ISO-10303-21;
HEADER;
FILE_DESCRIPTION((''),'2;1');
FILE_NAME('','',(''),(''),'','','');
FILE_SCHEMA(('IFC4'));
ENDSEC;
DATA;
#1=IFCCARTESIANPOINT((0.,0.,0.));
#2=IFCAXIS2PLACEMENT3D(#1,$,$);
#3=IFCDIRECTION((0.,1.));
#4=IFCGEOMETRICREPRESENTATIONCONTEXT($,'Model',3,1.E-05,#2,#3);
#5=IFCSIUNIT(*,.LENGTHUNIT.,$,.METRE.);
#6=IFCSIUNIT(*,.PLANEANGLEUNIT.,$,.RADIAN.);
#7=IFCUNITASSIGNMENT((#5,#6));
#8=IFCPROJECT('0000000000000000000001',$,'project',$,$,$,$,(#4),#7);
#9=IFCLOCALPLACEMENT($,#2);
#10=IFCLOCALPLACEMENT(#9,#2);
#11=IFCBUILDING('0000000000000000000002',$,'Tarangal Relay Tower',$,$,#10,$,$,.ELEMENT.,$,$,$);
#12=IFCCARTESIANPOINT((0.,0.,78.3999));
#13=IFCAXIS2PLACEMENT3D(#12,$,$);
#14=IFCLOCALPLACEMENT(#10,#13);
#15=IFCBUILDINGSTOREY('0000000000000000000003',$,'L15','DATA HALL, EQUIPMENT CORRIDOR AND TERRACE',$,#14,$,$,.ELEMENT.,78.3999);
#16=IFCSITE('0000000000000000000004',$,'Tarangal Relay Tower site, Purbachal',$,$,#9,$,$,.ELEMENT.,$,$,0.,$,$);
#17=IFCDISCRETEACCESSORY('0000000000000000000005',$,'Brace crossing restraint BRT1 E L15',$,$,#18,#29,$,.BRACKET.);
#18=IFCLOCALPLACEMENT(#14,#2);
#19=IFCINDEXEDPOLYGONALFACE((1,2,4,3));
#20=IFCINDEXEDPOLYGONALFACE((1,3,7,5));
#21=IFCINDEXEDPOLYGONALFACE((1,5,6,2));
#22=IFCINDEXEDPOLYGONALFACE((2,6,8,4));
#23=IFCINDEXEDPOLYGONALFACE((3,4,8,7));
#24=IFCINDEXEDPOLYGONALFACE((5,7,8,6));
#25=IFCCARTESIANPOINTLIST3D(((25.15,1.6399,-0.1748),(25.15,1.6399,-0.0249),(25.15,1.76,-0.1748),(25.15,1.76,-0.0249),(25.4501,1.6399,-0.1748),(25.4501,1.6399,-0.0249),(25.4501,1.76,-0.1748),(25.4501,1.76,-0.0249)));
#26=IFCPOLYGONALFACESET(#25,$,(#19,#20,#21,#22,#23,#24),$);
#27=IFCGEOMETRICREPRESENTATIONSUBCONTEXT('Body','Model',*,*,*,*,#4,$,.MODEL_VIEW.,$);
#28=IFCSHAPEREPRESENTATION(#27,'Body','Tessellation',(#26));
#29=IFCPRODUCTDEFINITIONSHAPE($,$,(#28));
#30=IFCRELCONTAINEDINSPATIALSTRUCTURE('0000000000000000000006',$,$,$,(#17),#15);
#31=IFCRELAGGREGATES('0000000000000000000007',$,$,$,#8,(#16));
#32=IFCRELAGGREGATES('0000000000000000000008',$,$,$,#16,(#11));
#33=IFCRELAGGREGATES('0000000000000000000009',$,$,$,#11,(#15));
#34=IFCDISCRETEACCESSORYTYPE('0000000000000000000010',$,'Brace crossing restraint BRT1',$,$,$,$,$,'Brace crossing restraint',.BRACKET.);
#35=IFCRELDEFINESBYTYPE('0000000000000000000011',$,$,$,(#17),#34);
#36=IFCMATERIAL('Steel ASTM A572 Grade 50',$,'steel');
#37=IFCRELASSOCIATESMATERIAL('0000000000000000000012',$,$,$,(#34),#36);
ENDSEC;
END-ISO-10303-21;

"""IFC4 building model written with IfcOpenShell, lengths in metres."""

from ifc_helpers import new_model, si_unit, direction, frame, origin, origin_2d, place, context, subcontext, project, spatial, rectangle, extrude, material, type_object, element, save


model = new_model("IFC4")

# Units and contexts
model_context = context("Model", 3, precision=1e-05, world=origin(), true_north=direction((0.0, 1.0)))
body_context = subcontext(model_context, "Body", "Model", "MODEL_VIEW")
ifc_project = project(units=[si_unit("LENGTHUNIT", "METRE"), si_unit("PLANEANGLEUNIT", "RADIAN")], contexts=[model_context])

# Site, building, storey
site_placement = place(None, origin())
site = spatial("IfcSite", under=ifc_project, at=site_placement, Name="Tarangal Relay Tower site, Purbachal", CompositionType="ELEMENT", RefElevation=0.0)
building_placement = place(site_placement, origin())
building = spatial("IfcBuilding", under=site, at=building_placement, Name="Tarangal Relay Tower", CompositionType="ELEMENT")
storey_placement = place(building_placement, frame((0.0, 0.0, 78.3999)))
storey = spatial("IfcBuildingStorey", under=building, at=storey_placement, Name="L15", Description="DATA HALL, EQUIPMENT CORRIDOR AND TERRACE", CompositionType="ELEMENT", Elevation=78.3999)

# Shared definitions
ifc_material_1 = material(Name="Steel ASTM A572 Grade 50", Category="steel")

# Discrete accessory
discrete_accessory_type = type_object("IfcDiscreteAccessoryType", Name="Brace crossing restraint BRT1", ElementType="Brace crossing restraint", PredefinedType="BRACKET", material=ifc_material_1)
discrete_accessory_placement = place(storey_placement, frame((25.3, 1.7, -0.1748), z_axis=(0.0, 0.0, 1.0), x_axis=(1.0, 0.0, 0.0)))
element("IfcDiscreteAccessory", 1, at=discrete_accessory_placement, inside=storey, type_object=discrete_accessory_type, Name="Brace crossing restraint BRT1 E L15", PredefinedType="BRACKET", context=body_context, shape_type="SweptSolid", body=[
    extrude(rectangle(XDim=0.3, YDim=0.1201, at=origin_2d()), origin(), (0.0, 0.0, 1.0), 0.1499),
])

save(model, "model.ifc")
